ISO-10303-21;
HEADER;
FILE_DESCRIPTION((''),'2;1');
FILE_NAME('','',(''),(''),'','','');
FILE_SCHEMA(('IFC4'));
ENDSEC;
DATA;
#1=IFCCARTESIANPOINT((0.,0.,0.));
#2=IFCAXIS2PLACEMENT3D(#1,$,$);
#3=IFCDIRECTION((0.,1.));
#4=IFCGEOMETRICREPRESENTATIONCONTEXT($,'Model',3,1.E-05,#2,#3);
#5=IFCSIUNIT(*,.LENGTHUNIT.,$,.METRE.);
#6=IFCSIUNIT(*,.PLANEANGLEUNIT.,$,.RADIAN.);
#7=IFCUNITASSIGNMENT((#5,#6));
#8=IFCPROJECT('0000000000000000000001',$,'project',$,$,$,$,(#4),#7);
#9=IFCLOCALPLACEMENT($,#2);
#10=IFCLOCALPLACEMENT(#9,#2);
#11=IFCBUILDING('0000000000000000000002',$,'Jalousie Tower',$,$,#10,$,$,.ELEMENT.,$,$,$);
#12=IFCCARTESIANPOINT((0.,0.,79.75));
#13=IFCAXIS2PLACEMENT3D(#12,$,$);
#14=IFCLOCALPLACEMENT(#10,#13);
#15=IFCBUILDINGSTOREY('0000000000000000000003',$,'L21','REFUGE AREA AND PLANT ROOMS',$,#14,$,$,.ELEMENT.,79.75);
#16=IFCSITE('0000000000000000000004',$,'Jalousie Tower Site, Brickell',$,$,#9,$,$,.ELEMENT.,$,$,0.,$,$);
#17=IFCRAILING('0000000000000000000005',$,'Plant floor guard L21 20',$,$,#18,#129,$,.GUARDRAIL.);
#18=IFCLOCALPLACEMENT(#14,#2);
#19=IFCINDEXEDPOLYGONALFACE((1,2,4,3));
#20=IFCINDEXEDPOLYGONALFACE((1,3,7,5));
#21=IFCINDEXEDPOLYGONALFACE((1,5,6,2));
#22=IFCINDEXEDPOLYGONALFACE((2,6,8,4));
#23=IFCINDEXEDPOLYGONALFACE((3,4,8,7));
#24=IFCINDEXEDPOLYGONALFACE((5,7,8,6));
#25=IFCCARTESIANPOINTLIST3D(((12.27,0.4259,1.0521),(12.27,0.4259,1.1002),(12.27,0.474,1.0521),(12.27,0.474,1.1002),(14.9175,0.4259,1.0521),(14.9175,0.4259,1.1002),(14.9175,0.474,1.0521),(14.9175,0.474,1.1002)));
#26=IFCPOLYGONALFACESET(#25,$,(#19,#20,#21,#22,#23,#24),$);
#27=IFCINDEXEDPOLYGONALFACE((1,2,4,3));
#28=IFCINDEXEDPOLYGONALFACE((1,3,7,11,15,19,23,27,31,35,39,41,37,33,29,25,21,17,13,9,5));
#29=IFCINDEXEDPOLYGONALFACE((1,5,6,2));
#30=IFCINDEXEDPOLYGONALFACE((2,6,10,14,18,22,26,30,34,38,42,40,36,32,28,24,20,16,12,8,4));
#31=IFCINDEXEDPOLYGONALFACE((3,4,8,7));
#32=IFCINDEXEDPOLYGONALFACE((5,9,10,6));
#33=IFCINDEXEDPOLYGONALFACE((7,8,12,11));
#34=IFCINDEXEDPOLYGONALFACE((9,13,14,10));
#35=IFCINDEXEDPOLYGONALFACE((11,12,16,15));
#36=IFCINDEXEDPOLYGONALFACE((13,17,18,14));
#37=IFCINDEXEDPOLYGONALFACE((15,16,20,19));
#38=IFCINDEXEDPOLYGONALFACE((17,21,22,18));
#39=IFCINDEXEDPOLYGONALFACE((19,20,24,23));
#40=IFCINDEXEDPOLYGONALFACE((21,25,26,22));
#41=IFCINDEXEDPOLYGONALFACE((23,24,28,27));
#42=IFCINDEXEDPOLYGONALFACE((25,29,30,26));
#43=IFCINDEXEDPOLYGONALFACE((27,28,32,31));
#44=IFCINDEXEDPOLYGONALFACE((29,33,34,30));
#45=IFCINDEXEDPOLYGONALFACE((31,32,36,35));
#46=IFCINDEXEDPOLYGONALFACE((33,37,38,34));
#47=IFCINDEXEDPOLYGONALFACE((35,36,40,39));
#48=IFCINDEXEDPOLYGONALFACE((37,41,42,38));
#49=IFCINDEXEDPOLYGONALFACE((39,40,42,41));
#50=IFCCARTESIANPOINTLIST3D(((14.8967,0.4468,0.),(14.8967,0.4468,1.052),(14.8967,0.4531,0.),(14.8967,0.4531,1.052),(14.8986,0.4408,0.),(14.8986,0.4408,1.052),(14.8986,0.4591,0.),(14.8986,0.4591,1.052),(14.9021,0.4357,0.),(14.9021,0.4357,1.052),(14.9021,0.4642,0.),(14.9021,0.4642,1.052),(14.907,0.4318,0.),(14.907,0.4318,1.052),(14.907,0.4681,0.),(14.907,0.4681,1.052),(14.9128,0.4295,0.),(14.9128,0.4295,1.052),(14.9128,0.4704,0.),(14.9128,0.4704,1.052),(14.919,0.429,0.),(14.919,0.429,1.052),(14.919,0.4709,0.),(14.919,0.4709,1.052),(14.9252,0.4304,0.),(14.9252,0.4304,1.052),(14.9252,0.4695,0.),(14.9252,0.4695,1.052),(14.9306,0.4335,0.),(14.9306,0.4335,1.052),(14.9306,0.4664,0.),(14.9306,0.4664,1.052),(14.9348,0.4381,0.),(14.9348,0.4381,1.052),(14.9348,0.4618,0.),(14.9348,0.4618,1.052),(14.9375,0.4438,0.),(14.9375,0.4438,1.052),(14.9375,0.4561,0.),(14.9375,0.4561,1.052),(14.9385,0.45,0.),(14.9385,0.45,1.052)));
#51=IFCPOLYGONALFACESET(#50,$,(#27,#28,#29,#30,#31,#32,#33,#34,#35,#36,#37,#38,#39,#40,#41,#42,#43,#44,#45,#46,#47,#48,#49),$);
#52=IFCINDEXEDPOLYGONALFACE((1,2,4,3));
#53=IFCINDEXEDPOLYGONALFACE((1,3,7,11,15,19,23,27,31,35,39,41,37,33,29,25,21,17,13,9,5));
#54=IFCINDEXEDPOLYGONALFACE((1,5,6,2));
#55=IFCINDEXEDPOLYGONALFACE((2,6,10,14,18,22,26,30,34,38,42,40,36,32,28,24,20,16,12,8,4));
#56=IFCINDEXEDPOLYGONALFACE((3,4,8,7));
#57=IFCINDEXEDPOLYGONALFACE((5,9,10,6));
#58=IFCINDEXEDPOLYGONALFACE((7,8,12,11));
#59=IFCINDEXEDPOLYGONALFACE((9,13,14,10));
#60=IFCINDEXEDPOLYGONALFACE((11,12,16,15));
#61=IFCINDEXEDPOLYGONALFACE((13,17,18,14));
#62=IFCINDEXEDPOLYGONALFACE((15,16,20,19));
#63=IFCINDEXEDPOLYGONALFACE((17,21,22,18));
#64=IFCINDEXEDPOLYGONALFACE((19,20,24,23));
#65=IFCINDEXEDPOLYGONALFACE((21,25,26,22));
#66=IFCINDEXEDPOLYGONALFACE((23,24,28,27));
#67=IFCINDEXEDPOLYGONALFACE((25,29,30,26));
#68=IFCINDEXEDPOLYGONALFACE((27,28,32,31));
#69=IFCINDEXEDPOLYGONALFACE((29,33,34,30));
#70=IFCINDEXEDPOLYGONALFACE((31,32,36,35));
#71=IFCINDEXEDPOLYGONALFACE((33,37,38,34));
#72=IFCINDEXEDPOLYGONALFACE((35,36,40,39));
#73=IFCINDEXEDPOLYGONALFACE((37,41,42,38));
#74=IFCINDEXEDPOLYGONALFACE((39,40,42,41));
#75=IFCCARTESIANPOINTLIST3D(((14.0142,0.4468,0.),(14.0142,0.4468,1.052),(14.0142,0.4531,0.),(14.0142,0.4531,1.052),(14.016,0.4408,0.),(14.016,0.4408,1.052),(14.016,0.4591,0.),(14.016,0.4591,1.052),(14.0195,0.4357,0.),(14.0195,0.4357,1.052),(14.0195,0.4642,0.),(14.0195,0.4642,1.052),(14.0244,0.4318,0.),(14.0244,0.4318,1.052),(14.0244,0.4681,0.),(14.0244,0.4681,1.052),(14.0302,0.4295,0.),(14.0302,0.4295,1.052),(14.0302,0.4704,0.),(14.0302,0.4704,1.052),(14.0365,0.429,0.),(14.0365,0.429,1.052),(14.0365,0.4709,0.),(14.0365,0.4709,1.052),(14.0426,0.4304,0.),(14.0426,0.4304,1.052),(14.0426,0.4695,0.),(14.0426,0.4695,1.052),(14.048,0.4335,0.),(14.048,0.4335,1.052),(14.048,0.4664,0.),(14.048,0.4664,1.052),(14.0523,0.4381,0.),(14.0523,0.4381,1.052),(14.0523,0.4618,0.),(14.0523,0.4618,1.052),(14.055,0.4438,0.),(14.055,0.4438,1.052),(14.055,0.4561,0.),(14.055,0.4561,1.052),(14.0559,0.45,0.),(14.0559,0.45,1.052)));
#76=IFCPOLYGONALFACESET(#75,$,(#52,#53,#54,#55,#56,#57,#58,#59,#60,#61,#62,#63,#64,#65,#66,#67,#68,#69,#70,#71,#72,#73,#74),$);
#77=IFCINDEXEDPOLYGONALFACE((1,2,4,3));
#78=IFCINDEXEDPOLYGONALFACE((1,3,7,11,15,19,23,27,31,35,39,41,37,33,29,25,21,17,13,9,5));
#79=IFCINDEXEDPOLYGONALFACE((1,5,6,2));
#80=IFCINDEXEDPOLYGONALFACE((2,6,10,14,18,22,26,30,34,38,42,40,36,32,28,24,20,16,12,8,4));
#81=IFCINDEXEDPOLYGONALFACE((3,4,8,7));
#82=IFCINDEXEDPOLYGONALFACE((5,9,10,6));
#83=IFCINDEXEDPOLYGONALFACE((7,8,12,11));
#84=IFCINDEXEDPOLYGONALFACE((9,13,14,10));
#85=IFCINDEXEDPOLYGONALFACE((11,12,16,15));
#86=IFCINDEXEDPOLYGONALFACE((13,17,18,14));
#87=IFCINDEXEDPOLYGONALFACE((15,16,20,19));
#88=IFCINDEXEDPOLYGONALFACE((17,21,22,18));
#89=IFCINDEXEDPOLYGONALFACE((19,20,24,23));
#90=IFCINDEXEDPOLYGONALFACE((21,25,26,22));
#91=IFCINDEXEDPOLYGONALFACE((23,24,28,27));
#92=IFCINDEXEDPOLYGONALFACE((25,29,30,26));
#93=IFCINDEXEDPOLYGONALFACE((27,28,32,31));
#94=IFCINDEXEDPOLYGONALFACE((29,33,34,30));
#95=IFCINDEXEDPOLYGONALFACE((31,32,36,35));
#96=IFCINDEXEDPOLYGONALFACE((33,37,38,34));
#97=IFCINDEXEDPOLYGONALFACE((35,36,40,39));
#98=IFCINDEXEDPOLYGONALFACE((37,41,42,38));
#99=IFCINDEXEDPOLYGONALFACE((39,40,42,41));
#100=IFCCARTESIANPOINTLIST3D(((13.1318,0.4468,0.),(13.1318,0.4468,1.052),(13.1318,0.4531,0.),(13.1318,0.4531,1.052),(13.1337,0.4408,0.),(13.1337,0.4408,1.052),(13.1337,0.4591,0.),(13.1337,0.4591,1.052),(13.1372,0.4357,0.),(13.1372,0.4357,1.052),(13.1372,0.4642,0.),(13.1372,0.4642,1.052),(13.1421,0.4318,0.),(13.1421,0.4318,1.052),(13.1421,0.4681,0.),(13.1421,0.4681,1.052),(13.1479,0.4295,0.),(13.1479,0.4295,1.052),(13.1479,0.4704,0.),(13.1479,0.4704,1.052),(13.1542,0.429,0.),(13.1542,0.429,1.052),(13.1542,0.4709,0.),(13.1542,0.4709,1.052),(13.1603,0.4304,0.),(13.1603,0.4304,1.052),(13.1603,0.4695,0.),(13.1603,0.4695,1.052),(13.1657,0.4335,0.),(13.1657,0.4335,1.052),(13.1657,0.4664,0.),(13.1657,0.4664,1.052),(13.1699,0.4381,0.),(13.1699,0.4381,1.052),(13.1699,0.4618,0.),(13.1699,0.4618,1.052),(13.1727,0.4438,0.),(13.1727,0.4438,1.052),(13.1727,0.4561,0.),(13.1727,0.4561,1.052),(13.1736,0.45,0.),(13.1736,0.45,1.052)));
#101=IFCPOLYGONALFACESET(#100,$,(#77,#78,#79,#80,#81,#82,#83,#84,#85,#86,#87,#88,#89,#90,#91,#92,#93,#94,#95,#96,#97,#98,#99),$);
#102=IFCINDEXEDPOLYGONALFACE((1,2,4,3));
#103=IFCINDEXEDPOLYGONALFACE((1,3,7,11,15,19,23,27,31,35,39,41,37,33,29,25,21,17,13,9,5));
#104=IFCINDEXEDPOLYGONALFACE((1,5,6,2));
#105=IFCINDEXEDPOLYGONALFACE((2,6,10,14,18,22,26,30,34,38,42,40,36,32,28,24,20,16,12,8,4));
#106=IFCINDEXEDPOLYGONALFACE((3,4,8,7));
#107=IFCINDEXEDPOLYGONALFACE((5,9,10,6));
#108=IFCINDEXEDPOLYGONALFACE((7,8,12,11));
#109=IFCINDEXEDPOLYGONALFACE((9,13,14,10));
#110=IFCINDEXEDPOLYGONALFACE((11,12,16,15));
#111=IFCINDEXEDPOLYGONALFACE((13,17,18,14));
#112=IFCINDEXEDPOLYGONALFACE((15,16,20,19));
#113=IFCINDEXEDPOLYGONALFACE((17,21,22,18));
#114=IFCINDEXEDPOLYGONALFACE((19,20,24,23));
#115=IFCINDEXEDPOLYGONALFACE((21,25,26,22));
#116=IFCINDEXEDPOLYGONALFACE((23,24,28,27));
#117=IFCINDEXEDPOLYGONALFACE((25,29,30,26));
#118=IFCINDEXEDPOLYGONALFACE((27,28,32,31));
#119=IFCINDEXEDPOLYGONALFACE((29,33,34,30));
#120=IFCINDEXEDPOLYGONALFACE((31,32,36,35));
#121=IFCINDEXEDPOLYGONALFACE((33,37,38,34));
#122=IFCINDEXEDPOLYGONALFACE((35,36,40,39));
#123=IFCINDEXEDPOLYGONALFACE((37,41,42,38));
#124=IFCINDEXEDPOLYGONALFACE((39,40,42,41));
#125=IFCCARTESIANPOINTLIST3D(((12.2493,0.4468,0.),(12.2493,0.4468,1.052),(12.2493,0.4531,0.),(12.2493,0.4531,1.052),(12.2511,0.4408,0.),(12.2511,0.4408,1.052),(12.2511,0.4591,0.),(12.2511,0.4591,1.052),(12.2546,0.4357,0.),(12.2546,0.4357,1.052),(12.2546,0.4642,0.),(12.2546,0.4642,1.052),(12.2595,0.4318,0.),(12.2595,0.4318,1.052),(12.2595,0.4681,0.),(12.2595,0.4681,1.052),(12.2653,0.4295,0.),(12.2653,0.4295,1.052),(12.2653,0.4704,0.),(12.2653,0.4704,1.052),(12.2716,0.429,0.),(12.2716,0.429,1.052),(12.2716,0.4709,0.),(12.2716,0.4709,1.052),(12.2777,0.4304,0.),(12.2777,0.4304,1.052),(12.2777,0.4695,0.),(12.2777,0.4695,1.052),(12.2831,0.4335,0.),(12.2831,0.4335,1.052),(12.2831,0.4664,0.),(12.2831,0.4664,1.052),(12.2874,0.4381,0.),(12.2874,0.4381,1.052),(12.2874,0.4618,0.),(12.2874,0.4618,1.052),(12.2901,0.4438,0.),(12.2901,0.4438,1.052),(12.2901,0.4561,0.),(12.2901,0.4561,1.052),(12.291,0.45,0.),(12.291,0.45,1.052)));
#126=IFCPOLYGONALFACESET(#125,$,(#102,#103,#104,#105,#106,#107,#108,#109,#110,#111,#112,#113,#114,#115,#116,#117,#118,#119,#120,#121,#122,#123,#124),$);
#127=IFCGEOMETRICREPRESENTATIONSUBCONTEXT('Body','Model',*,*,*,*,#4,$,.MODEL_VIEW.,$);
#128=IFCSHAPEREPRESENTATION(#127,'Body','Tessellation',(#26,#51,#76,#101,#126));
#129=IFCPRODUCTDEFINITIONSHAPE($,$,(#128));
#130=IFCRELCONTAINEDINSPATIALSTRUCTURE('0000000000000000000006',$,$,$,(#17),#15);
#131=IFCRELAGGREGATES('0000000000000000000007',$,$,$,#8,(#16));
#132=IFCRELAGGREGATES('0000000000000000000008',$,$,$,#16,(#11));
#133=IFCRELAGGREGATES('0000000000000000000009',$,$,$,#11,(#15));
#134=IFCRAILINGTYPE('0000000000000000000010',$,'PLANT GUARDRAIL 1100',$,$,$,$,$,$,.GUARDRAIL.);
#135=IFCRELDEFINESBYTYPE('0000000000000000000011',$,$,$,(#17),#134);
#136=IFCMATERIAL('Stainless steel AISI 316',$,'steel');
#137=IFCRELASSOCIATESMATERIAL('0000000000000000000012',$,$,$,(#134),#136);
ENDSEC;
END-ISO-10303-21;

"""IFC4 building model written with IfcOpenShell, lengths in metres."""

from ifc_helpers import new_model, si_unit, direction, frame, origin, origin_2d, place, context, subcontext, project, spatial, rectangle, circle, extrude, material, type_object, element, save


model = new_model("IFC4")

# Units and contexts
model_context = context("Model", 3, precision=1e-05, world=origin(), true_north=direction((0.0, 1.0)))
body_context = subcontext(model_context, "Body", "Model", "MODEL_VIEW")
ifc_project = project(units=[si_unit("LENGTHUNIT", "METRE"), si_unit("PLANEANGLEUNIT", "RADIAN")], contexts=[model_context])

# Site, building, storey
site_placement = place(None, origin())
site = spatial("IfcSite", under=ifc_project, at=site_placement, Name="Jalousie Tower Site, Brickell", CompositionType="ELEMENT", RefElevation=0.0)
building_placement = place(site_placement, origin())
building = spatial("IfcBuilding", under=site, at=building_placement, Name="Jalousie Tower", CompositionType="ELEMENT")
storey_placement = place(building_placement, frame((0.0, 0.0, 79.75)))
storey = spatial("IfcBuildingStorey", under=building, at=storey_placement, Name="L21", Description="REFUGE AREA AND PLANT ROOMS", CompositionType="ELEMENT", Elevation=79.75)

# Railing
ifc_material_1 = material(Name="Stainless steel AISI 316", Category="steel")
railing_type = type_object("IfcRailingType", Name="PLANT GUARDRAIL 1100", PredefinedType="GUARDRAIL", material=ifc_material_1)
railing_1_placement = place(storey_placement, frame((14.9175, 0.45, 0.0)))
element("IfcRailing", 1, at=railing_1_placement, inside=storey, type_object=railing_type, Name="Plant floor guard L21 20", PredefinedType="GUARDRAIL", context=body_context, shape_type="SweptSolid", body=[
    extrude(rectangle(XDim=0.0481, YDim=0.0481, at=origin_2d()), frame((0.0, 0.0, 1.0762), z_axis=(-1.0, 0.0, 0.0), x_axis=(0.0, -1.0, 0.0)), (0.0, 0.0, 1.0), 2.6475),
    extrude(circle(Radius=0.021, at=origin_2d()), origin(), (0.0, 0.0, 1.0), 1.052),
    extrude(circle(Radius=0.021, at=origin_2d()), frame((-0.8826, 0.0, 0.0)), (0.0, 0.0, 1.0), 1.052),
    extrude(circle(Radius=0.021, at=origin_2d()), frame((-1.7649, 0.0, 0.0)), (0.0, 0.0, 1.0), 1.052),
    extrude(circle(Radius=0.021, at=origin_2d()), frame((-2.6475, 0.0, 0.0)), (0.0, 0.0, 1.0), 1.052),
])

save(model, "model.ifc")
